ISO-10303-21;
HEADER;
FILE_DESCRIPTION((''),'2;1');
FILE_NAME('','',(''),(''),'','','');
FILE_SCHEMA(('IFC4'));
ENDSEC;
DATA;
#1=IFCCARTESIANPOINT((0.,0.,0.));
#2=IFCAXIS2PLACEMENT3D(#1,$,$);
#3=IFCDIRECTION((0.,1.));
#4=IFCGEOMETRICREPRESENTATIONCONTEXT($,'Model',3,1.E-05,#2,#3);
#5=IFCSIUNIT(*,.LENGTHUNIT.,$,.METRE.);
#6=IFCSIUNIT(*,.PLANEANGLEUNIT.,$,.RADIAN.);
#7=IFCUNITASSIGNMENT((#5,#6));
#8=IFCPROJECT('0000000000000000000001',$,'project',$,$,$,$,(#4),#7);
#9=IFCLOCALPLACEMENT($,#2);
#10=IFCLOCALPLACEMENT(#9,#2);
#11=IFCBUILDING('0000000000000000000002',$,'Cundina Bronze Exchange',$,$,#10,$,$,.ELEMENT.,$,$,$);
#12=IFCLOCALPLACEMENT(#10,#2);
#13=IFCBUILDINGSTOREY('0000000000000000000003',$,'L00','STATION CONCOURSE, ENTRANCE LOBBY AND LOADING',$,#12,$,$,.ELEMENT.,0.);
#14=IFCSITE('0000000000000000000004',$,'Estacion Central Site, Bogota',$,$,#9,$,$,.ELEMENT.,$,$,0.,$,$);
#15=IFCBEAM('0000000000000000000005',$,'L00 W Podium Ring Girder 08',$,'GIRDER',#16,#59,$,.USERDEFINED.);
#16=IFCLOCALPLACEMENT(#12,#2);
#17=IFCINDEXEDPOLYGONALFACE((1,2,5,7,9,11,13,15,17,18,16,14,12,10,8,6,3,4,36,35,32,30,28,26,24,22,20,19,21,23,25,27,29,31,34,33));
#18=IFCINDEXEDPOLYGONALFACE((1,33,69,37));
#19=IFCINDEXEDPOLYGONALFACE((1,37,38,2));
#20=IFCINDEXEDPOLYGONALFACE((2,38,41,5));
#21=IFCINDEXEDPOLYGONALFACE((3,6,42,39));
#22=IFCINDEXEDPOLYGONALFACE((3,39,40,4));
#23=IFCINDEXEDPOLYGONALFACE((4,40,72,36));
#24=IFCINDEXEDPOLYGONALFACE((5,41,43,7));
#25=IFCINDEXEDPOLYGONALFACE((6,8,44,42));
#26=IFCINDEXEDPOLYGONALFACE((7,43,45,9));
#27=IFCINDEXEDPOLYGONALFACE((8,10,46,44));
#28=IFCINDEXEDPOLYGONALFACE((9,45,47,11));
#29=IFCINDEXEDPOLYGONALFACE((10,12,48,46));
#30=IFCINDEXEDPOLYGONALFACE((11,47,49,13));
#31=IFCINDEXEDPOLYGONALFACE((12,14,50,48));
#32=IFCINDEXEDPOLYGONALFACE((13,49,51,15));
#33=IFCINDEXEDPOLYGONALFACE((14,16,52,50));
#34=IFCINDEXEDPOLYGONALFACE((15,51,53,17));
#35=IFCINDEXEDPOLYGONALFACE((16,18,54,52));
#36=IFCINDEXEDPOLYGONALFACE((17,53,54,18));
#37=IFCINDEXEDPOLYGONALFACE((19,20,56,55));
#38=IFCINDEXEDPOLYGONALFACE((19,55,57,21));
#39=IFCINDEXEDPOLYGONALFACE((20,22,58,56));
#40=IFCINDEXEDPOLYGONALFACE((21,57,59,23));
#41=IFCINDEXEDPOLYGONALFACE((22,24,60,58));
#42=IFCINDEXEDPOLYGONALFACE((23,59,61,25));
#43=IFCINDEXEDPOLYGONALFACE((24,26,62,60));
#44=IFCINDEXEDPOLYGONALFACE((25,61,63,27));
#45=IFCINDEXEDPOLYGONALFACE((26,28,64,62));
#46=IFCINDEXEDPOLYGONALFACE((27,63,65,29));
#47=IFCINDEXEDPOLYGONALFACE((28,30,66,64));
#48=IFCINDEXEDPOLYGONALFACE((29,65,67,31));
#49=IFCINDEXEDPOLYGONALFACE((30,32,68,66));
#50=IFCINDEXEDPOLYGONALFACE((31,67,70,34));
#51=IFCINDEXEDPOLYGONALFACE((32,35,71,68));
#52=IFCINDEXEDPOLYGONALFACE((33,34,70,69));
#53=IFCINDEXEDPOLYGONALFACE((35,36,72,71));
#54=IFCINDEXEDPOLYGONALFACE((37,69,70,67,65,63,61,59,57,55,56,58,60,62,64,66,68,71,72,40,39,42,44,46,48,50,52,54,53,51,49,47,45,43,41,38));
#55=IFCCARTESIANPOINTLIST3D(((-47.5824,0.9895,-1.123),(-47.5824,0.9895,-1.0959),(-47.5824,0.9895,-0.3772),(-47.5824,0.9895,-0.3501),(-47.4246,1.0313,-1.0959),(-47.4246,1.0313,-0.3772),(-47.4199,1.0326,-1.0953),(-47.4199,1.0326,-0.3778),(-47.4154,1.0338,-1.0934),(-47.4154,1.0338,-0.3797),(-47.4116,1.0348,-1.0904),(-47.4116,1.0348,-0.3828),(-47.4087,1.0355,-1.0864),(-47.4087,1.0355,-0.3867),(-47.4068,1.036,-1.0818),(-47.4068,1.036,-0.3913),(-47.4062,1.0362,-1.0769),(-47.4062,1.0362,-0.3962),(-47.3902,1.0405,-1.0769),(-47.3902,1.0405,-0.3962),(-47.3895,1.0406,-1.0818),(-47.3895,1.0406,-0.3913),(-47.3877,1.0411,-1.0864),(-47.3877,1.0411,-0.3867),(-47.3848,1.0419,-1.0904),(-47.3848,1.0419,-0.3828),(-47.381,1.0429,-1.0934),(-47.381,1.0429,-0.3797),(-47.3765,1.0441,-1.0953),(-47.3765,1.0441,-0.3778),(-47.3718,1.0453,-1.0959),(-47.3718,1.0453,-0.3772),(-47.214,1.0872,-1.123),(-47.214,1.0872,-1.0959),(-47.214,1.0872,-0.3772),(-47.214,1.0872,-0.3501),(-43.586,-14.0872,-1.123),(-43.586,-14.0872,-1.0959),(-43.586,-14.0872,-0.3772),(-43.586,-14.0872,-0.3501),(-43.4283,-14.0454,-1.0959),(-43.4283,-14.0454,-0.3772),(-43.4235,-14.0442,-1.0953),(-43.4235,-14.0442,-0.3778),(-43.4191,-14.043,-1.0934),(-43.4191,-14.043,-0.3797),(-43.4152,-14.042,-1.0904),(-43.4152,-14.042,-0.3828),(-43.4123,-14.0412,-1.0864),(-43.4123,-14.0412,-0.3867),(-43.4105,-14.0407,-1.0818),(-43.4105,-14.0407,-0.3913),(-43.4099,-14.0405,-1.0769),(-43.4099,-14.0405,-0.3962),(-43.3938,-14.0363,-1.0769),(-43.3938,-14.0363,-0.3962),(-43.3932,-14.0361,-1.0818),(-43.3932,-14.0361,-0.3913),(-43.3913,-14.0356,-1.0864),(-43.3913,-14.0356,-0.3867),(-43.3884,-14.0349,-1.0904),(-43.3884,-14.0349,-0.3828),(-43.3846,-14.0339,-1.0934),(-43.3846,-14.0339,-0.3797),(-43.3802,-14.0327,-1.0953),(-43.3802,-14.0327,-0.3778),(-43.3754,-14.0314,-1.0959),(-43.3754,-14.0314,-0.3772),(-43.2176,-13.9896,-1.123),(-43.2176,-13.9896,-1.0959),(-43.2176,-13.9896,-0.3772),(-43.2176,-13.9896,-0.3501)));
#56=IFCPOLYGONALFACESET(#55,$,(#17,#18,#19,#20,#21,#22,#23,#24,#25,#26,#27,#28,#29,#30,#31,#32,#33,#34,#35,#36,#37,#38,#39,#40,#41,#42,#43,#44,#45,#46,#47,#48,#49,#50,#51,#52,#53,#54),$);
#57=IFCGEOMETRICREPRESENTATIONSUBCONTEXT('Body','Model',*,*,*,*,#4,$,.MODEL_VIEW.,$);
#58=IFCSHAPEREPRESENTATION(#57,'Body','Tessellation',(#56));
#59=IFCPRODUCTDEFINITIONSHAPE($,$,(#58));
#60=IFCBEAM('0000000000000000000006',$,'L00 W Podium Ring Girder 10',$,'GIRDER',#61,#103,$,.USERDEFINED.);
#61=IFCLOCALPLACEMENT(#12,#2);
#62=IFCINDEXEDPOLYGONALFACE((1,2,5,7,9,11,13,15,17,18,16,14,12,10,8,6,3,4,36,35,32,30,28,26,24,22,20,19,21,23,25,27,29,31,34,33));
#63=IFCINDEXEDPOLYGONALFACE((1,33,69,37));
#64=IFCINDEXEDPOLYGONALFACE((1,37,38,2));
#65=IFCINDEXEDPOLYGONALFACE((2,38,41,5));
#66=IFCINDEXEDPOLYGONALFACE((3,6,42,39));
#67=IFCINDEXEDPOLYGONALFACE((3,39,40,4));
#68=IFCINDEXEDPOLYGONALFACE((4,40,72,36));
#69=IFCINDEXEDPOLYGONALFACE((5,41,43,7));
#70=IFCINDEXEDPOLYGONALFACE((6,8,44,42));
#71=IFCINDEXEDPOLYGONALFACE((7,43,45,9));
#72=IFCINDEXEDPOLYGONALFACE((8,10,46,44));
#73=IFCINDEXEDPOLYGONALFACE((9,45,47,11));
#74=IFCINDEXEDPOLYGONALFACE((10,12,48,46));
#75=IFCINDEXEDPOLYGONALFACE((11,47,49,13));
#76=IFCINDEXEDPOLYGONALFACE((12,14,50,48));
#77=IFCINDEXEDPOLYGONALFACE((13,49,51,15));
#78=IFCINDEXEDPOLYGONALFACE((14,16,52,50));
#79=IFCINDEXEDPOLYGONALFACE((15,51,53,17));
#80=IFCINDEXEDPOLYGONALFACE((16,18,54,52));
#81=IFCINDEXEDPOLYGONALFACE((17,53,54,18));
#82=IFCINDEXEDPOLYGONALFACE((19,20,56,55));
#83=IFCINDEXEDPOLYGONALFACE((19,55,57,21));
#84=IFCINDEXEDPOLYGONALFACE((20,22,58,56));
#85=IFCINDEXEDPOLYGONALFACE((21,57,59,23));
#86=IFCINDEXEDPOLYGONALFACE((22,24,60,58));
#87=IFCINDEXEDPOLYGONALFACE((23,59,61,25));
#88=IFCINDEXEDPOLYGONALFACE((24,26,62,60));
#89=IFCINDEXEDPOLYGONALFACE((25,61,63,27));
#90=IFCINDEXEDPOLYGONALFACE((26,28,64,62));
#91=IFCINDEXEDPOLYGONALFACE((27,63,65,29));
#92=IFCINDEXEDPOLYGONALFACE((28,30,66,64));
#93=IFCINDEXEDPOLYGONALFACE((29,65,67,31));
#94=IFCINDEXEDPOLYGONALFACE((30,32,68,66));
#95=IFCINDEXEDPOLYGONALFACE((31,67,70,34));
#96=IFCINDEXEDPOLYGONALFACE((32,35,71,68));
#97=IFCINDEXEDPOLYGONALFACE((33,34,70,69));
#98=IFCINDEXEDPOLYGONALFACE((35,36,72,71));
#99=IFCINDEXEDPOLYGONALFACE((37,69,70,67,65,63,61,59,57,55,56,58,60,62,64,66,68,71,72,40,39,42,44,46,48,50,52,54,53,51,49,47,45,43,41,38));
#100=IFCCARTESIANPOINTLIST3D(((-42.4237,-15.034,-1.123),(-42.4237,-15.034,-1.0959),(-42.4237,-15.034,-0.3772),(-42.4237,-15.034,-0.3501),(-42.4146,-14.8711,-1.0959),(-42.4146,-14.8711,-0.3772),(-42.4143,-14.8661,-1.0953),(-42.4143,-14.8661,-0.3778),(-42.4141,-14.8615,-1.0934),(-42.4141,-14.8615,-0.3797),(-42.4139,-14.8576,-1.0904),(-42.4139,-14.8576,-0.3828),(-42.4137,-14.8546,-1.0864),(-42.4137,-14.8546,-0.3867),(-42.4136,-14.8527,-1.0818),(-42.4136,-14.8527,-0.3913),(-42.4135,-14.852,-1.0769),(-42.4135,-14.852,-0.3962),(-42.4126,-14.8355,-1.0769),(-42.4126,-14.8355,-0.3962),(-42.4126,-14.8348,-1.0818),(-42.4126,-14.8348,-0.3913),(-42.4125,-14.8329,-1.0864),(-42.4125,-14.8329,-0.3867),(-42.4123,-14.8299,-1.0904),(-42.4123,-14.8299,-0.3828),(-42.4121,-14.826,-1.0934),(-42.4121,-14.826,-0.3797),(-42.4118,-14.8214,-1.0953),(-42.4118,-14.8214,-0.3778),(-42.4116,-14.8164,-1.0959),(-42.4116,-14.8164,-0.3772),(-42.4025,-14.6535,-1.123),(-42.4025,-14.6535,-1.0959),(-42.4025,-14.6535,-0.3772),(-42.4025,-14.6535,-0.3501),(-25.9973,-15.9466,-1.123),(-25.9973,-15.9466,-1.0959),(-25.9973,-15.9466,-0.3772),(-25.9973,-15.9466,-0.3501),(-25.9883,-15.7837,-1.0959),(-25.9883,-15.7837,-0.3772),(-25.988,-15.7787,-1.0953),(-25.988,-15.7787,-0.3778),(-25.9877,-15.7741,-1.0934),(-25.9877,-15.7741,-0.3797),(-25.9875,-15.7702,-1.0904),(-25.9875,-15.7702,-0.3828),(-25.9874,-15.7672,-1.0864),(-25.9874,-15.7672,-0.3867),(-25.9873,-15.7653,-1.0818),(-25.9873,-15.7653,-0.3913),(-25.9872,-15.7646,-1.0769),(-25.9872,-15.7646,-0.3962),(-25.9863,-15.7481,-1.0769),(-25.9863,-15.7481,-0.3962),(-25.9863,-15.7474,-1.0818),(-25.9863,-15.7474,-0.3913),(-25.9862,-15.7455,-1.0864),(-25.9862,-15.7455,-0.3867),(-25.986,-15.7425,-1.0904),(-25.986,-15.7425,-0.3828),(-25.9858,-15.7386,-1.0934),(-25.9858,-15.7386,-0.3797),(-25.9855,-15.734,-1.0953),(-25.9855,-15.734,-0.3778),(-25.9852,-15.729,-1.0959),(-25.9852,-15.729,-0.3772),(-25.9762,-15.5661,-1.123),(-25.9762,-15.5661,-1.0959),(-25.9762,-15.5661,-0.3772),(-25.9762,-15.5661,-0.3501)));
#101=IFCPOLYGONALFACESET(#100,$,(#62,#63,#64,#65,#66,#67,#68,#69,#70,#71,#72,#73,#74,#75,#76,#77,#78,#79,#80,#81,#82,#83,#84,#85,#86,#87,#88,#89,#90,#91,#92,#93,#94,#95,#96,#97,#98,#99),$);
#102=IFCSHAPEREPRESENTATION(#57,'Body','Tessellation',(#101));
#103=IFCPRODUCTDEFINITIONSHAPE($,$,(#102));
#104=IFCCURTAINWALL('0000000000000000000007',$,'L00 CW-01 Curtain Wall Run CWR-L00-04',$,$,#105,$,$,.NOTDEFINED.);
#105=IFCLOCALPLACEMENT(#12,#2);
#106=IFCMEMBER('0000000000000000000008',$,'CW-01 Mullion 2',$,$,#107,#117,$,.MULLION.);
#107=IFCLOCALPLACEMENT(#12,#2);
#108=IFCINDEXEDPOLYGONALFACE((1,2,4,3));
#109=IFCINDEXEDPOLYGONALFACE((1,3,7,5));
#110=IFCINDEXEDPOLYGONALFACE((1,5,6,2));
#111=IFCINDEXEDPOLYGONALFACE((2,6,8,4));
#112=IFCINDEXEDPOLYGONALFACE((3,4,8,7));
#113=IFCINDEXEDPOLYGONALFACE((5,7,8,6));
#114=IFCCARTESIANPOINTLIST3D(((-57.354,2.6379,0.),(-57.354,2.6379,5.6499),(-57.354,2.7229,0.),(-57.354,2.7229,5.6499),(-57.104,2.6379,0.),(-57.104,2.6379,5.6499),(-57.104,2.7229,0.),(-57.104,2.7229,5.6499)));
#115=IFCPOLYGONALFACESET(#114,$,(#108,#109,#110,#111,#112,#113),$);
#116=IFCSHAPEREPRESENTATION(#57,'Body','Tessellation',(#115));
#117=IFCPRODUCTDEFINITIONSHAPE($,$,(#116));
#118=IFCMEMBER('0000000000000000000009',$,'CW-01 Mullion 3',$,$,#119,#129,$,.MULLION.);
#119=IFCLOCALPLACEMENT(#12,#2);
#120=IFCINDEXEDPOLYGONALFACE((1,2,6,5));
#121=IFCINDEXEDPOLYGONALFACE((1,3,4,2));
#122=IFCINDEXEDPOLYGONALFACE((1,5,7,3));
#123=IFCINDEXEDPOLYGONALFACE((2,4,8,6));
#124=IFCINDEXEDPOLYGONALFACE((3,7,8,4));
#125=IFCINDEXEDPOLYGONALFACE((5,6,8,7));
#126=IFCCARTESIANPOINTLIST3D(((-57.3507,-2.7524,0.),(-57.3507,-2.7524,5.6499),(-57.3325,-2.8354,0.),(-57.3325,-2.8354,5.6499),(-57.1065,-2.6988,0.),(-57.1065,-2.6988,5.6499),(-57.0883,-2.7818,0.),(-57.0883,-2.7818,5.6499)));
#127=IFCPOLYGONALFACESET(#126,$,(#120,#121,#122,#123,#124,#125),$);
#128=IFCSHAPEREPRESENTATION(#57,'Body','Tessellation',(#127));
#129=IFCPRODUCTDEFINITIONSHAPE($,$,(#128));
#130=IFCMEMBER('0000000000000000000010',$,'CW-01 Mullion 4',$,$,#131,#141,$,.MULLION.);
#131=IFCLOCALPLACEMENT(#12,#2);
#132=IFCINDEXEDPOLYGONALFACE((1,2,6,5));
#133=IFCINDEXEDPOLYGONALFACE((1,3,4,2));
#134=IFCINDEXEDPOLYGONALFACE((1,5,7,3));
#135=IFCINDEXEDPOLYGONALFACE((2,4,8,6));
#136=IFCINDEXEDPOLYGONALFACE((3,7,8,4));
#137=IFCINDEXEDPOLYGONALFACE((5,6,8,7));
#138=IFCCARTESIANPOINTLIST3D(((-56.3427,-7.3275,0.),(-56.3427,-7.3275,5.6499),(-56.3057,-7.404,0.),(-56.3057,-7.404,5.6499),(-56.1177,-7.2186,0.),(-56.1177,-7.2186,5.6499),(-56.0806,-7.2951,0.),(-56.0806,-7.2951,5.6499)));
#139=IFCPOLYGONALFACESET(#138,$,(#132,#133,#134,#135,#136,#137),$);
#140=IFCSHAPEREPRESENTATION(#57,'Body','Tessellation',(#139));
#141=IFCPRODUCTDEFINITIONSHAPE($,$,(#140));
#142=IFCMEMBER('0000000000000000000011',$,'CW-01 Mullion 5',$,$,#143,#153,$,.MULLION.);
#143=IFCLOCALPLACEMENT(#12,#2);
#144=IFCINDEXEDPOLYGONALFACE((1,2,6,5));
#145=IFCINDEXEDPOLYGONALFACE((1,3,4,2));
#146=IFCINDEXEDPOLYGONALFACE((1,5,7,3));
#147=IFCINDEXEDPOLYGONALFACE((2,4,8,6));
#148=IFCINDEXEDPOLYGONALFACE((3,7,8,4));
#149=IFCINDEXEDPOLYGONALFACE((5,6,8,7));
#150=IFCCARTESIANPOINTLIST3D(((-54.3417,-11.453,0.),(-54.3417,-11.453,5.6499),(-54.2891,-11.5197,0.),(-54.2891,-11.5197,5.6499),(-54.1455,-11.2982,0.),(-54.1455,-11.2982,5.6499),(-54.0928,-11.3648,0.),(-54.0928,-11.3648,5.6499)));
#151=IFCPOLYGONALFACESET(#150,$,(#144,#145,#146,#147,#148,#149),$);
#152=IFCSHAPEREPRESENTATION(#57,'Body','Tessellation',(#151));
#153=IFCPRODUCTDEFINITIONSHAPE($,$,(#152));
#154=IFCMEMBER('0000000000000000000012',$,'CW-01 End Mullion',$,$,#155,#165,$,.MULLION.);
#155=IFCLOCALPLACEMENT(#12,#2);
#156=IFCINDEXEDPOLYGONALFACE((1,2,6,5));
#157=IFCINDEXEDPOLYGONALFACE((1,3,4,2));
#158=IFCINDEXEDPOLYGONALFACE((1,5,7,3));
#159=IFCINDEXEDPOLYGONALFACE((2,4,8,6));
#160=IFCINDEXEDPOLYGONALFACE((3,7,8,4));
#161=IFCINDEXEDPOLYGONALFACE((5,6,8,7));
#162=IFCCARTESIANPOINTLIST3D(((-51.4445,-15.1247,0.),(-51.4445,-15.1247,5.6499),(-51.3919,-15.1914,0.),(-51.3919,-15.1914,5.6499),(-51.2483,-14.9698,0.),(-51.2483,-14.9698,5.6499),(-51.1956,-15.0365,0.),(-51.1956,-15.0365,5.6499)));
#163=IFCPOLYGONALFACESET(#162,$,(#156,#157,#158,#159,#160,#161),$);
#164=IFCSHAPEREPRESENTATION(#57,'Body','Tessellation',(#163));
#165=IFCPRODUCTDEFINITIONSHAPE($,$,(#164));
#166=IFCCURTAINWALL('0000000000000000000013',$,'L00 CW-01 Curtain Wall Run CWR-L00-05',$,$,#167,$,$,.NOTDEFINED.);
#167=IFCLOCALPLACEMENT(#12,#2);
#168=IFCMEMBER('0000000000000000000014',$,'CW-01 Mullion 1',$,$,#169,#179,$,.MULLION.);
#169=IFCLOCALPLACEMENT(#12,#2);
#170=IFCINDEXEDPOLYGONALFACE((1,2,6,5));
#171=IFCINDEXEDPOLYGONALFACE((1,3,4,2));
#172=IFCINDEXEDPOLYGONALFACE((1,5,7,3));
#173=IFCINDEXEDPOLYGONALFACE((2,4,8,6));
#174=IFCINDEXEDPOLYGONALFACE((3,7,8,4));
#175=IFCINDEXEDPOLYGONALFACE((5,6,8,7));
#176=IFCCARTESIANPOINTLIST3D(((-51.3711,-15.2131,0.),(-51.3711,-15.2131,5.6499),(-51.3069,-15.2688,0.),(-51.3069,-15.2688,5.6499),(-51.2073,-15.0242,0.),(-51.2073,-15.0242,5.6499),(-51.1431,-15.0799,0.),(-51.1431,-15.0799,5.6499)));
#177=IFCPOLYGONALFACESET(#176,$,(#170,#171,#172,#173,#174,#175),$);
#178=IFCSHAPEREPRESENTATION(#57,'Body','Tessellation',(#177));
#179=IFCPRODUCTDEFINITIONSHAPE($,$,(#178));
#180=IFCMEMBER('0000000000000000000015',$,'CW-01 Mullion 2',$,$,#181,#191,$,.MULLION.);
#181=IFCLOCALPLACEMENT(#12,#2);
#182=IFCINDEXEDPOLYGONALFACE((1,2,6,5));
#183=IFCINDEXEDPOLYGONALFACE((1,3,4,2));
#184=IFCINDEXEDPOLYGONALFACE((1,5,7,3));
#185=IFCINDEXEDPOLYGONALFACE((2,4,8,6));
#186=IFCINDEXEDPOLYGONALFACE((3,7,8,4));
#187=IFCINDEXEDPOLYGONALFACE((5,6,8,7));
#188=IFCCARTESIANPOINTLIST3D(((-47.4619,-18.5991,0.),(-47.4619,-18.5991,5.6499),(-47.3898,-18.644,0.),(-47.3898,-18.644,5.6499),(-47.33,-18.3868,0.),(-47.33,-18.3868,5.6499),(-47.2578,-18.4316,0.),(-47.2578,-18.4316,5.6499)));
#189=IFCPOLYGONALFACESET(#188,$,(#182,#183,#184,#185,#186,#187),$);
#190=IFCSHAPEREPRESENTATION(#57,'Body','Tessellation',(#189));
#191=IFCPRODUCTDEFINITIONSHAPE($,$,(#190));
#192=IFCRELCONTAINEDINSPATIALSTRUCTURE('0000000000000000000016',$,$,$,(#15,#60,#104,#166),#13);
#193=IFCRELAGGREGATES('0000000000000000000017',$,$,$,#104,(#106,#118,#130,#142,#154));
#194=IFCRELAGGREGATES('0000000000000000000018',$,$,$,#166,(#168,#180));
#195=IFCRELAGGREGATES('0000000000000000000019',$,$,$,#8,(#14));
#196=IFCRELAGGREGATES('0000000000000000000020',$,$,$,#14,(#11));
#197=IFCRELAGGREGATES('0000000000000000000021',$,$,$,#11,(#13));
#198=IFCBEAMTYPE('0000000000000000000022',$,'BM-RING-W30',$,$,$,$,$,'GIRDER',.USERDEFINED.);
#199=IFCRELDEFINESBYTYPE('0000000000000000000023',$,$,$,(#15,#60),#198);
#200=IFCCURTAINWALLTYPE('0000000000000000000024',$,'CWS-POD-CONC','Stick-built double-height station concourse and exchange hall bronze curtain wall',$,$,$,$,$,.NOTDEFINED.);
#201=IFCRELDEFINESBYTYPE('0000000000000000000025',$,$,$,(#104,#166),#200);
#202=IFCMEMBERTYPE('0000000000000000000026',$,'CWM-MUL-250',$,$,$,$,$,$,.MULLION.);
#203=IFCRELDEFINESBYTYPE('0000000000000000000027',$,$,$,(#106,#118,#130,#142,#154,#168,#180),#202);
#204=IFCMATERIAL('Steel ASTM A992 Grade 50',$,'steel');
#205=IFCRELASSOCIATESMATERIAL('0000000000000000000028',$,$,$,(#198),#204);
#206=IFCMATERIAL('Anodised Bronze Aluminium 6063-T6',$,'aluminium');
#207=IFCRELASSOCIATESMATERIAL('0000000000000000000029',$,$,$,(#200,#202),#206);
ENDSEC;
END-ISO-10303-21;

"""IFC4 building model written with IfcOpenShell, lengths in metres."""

from ifc_helpers import new_model, si_unit, direction, frame, origin, origin_2d, place, context, subcontext, project, spatial, rectangle, i_section, extrude, material, material_profile, profile_set, type_object, element, aggregate, save


model = new_model("IFC4")

# Units and contexts
model_context = context("Model", 3, precision=1e-05, world=origin(), true_north=direction((0.0, 1.0)))
body_context = subcontext(model_context, "Body", "Model", "MODEL_VIEW")
ifc_project = project(units=[si_unit("LENGTHUNIT", "METRE"), si_unit("PLANEANGLEUNIT", "RADIAN")], contexts=[model_context])

# Site, building, storey
site_placement = place(None, origin())
site = spatial("IfcSite", under=ifc_project, at=site_placement, Name="Estacion Central Site, Bogota", CompositionType="ELEMENT", RefElevation=0.0)
building_placement = place(site_placement, origin())
building = spatial("IfcBuilding", under=site, at=building_placement, Name="Cundina Bronze Exchange", CompositionType="ELEMENT")
storey_placement = place(building_placement, origin())
storey = spatial("IfcBuildingStorey", under=building, at=storey_placement, Name="L00", Description="STATION CONCOURSE, ENTRANCE LOBBY AND LOADING", CompositionType="ELEMENT", Elevation=0.0)

# Beams
ifc_material_1 = material(Name="Steel ASTM A992 Grade 50", Category="steel")
ifc_material_profile_1 = material_profile(ifc_material_1, i_section(OverallWidth=0.3811, OverallDepth=0.7729, WebThickness=0.0166, FlangeThickness=0.0271, FilletRadius=0.019, at=origin_2d()), Name="W30X173", Category="steel")
ifc_profile_set_1 = profile_set([ifc_material_profile_1], Name="Steel ASTM A992 Grade 50")
beam_type = type_object("IfcBeamType", Name="BM-RING-W30", ElementType="GIRDER", PredefinedType="USERDEFINED", material=ifc_profile_set_1)
beam_1_placement = place(storey_placement, frame((-47.3982, 1.0383, -0.7366), z_axis=(0.25622, -0.966619, 0.0), x_axis=(0.966619, 0.25622, 0.0)))
element("IfcBeam", 1, at=beam_1_placement, inside=storey, type_object=beam_type, Name="L00 W Podium Ring Girder 08", ObjectType="GIRDER", PredefinedType="USERDEFINED", context=body_context, shape_type="SweptSolid", body=[
    extrude(i_section(OverallWidth=0.3811, OverallDepth=0.7729, WebThickness=0.0166, FlangeThickness=0.0271, FilletRadius=0.019, at=origin_2d()), origin(), (0.0, 0.0, 1.0), 15.5974),
])
beam_2_placement = place(storey_placement, frame((-42.4131, -14.8438, -0.7366), z_axis=(0.99846, -0.055472, 0.0), x_axis=(0.055472, 0.99846, 0.0)))
element("IfcBeam", 2, at=beam_2_placement, inside=storey, type_object=beam_type, Name="L00 W Podium Ring Girder 10", ObjectType="GIRDER", PredefinedType="USERDEFINED", context=body_context, shape_type="SweptSolid", body=[
    extrude(i_section(OverallWidth=0.3811, OverallDepth=0.7729, WebThickness=0.0166, FlangeThickness=0.0271, FilletRadius=0.019, at=origin_2d()), origin(), (0.0, 0.0, 1.0), 16.4517),
])

# Curtain walls, members
ifc_material_2 = material(Name="Anodised Bronze Aluminium 6063-T6", Category="aluminium")
curtain_wall_type = type_object("IfcCurtainWallType", Name="CWS-POD-CONC", Description="Stick-built double-height station concourse and exchange hall bronze curtain wall", PredefinedType="NOTDEFINED", material=ifc_material_2)
curtain_wall_1_placement = place(storey_placement, origin())
curtain_wall_1 = element("IfcCurtainWall", 3, at=curtain_wall_1_placement, inside=storey, type_object=curtain_wall_type, Name="L00 CW-01 Curtain Wall Run CWR-L00-04", PredefinedType="NOTDEFINED")
ifc_material_profile_2 = material_profile(ifc_material_2, rectangle(XDim=0.085, YDim=0.25, at=origin_2d()), Name="AL85X250", Category="aluminium")
ifc_profile_set_2 = profile_set([ifc_material_profile_2], Name="Anodised Bronze Aluminium 6063-T6")
member_type_1 = type_object("IfcMemberType", Name="CWM-MUL-250", PredefinedType="MULLION", material=ifc_profile_set_2)
member_1_placement = place(storey_placement, frame((-57.229, 2.6804, 0.0), z_axis=(0.0, 0.0, 1.0), x_axis=(0.0, -1.0, 0.0)))
member_1 = element("IfcMember", 4, at=member_1_placement, type_object=member_type_1, Name="CW-01 Mullion 2", PredefinedType="MULLION", context=body_context, shape_type="SweptSolid", body=[
    extrude(rectangle(XDim=0.085, YDim=0.25, at=origin_2d()), origin(), (0.0, 0.0, 1.0), 5.6499),
])
member_2_placement = place(storey_placement, frame((-57.2195, -2.7671, 0.0), z_axis=(0.0, 0.0, 1.0), x_axis=(0.214565, -0.97671, 0.0)))
member_2 = element("IfcMember", 5, at=member_2_placement, type_object=member_type_1, Name="CW-01 Mullion 3", PredefinedType="MULLION", context=body_context, shape_type="SweptSolid", body=[
    extrude(rectangle(XDim=0.085, YDim=0.25, at=origin_2d()), origin(), (0.0, 0.0, 1.0), 5.6499),
])
member_3_placement = place(storey_placement, frame((-56.2117, -7.3113, 0.0), z_axis=(0.0, 0.0, 1.0), x_axis=(0.435702, -0.900091, 0.0)))
member_3 = element("IfcMember", 6, at=member_3_placement, type_object=member_type_1, Name="CW-01 Mullion 4", PredefinedType="MULLION", context=body_context, shape_type="SweptSolid", body=[
    extrude(rectangle(XDim=0.085, YDim=0.25, at=origin_2d()), origin(), (0.0, 0.0, 1.0), 5.6499),
])
member_4_placement = place(storey_placement, frame((-54.2173, -11.4089, 0.0), z_axis=(0.0, 0.0, 1.0), x_axis=(0.619505, -0.784993, 0.0)))
member_4 = element("IfcMember", 7, at=member_4_placement, type_object=member_type_1, Name="CW-01 Mullion 5", PredefinedType="MULLION", context=body_context, shape_type="SweptSolid", body=[
    extrude(rectangle(XDim=0.085, YDim=0.25, at=origin_2d()), origin(), (0.0, 0.0, 1.0), 5.6499),
])
member_5_placement = place(storey_placement, frame((-51.3201, -15.0806, 0.0), z_axis=(0.0, 0.0, 1.0), x_axis=(0.619505, -0.784993, 0.0)))
member_5 = element("IfcMember", 8, at=member_5_placement, type_object=member_type_1, Name="CW-01 End Mullion", PredefinedType="MULLION", context=body_context, shape_type="SweptSolid", body=[
    extrude(rectangle(XDim=0.085, YDim=0.25, at=origin_2d()), origin(), (0.0, 0.0, 1.0), 5.6499),
])
curtain_wall_2_placement = place(storey_placement, origin())
curtain_wall_2 = element("IfcCurtainWall", 9, at=curtain_wall_2_placement, inside=storey, type_object=curtain_wall_type, Name="L00 CW-01 Curtain Wall Run CWR-L00-05", PredefinedType="NOTDEFINED")
member_6_placement = place(storey_placement, frame((-51.2571, -15.1465, 0.0), z_axis=(0.0, 0.0, 1.0), x_axis=(0.755511, -0.655136, 0.0)))
member_6 = element("IfcMember", 10, at=member_6_placement, type_object=member_type_1, Name="CW-01 Mullion 1", PredefinedType="MULLION", context=body_context, shape_type="SweptSolid", body=[
    extrude(rectangle(XDim=0.085, YDim=0.25, at=origin_2d()), origin(), (0.0, 0.0, 1.0), 5.6499),
])
member_7_placement = place(storey_placement, frame((-47.3599, -18.5154, 0.0), z_axis=(0.0, 0.0, 1.0), x_axis=(0.84934, -0.527846, 0.0)))
member_7 = element("IfcMember", 11, at=member_7_placement, type_object=member_type_1, Name="CW-01 Mullion 2", PredefinedType="MULLION", context=body_context, shape_type="SweptSolid", body=[
    extrude(rectangle(XDim=0.085, YDim=0.25, at=origin_2d()), origin(), (0.0, 0.0, 1.0), 5.6499),
])

aggregate(curtain_wall_1, [member_1, member_2, member_3, member_4, member_5])
aggregate(curtain_wall_2, [member_6, member_7])

save(model, "model.ifc")
